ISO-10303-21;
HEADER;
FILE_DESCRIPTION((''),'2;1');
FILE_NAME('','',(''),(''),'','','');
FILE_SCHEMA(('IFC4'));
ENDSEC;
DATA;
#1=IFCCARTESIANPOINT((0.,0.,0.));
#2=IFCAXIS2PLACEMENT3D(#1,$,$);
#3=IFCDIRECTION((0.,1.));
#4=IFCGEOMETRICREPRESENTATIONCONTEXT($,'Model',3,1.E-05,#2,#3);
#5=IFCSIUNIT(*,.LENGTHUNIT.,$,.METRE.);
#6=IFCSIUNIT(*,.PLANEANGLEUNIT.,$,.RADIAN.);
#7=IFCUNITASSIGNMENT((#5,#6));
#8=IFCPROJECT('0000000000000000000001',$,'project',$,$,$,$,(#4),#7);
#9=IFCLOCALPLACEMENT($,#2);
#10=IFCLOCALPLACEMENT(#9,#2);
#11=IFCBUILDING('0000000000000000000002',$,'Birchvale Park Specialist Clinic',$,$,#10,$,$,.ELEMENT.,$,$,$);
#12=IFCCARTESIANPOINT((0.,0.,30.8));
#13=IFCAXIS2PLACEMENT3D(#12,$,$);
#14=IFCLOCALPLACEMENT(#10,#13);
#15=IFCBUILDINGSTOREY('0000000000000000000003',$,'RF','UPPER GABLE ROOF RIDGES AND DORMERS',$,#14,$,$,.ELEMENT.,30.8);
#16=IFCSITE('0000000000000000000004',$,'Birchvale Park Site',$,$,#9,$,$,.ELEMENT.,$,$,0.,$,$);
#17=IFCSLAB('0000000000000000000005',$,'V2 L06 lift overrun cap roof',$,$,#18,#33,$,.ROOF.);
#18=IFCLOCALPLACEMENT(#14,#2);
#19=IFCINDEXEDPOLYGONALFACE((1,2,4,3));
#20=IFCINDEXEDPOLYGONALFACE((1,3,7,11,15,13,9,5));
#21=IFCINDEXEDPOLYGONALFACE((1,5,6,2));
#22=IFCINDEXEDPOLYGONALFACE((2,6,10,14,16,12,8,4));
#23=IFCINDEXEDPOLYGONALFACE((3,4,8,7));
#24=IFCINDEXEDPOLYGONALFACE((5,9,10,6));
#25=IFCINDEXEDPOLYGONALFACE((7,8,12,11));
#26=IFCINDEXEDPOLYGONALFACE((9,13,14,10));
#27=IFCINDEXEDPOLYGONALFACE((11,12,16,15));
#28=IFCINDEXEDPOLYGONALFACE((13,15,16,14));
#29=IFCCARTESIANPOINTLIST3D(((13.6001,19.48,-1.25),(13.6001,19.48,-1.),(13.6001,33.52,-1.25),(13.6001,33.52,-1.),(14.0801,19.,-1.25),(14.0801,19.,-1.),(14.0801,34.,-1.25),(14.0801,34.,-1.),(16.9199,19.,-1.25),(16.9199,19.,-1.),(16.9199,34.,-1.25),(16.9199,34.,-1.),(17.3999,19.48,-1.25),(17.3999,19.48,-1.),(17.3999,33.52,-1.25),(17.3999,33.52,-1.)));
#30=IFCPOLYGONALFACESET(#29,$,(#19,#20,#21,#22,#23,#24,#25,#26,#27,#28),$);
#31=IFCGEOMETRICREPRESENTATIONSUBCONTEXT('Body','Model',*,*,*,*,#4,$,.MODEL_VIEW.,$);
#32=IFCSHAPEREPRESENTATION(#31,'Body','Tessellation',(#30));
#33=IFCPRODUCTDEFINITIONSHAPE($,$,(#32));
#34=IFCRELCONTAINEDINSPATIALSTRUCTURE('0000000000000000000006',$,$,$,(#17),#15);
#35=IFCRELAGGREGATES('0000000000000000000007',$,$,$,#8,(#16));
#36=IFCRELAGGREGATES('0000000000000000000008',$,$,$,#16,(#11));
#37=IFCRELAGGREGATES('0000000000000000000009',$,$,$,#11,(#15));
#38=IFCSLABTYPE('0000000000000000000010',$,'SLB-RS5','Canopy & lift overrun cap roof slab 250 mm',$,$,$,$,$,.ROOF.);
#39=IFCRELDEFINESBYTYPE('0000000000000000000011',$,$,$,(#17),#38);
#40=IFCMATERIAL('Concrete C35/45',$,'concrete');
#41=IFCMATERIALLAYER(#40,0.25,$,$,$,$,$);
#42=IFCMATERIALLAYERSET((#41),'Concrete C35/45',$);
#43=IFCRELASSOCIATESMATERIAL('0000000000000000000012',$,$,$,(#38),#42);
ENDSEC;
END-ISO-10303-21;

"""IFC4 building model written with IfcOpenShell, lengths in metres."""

from ifc_helpers import new_model, si_unit, direction, frame, origin, place, context, subcontext, project, spatial, polyline, outline, extrude, material, layer, layer_set, type_object, element, save


model = new_model("IFC4")

# Units and contexts
model_context = context("Model", 3, precision=1e-05, world=origin(), true_north=direction((0.0, 1.0)))
body_context = subcontext(model_context, "Body", "Model", "MODEL_VIEW")
ifc_project = project(units=[si_unit("LENGTHUNIT", "METRE"), si_unit("PLANEANGLEUNIT", "RADIAN")], contexts=[model_context])

# Site, building, storey
site_placement = place(None, origin())
site = spatial("IfcSite", under=ifc_project, at=site_placement, Name="Birchvale Park Site", CompositionType="ELEMENT", RefElevation=0.0)
building_placement = place(site_placement, origin())
building = spatial("IfcBuilding", under=site, at=building_placement, Name="Birchvale Park Specialist Clinic", CompositionType="ELEMENT")
storey_placement = place(building_placement, frame((0.0, 0.0, 30.8)))
storey = spatial("IfcBuildingStorey", under=building, at=storey_placement, Name="RF", Description="UPPER GABLE ROOF RIDGES AND DORMERS", CompositionType="ELEMENT", Elevation=30.8)

# Slab
ifc_material = material(Name="Concrete C35/45", Category="concrete")
ifc_layer = layer(ifc_material, 0.25)
ifc_layer_set = layer_set([ifc_layer], Name="Concrete C35/45")
slab_type = type_object("IfcSlabType", Name="SLB-RS5", Description="Canopy & lift overrun cap roof slab 250 mm", PredefinedType="ROOF", material=ifc_layer_set)
slab_placement = place(storey_placement, frame((0.0, 0.0, -1.25)))
element("IfcSlab", 1, at=slab_placement, inside=storey, type_object=slab_type, Name="V2 L06 lift overrun cap roof", PredefinedType="ROOF", context=body_context, shape_type="SweptSolid", body=[
    extrude(outline(polyline([(14.0801, 19.0), (16.9199, 19.0), (17.3999, 19.48), (17.3999, 33.52), (16.9199, 34.0), (14.0801, 34.0), (13.6001, 33.52), (13.6001, 19.48), (14.0801, 19.0)])), origin(), (0.0, 0.0, 1.0), 0.25),
])

save(model, "model.ifc")
